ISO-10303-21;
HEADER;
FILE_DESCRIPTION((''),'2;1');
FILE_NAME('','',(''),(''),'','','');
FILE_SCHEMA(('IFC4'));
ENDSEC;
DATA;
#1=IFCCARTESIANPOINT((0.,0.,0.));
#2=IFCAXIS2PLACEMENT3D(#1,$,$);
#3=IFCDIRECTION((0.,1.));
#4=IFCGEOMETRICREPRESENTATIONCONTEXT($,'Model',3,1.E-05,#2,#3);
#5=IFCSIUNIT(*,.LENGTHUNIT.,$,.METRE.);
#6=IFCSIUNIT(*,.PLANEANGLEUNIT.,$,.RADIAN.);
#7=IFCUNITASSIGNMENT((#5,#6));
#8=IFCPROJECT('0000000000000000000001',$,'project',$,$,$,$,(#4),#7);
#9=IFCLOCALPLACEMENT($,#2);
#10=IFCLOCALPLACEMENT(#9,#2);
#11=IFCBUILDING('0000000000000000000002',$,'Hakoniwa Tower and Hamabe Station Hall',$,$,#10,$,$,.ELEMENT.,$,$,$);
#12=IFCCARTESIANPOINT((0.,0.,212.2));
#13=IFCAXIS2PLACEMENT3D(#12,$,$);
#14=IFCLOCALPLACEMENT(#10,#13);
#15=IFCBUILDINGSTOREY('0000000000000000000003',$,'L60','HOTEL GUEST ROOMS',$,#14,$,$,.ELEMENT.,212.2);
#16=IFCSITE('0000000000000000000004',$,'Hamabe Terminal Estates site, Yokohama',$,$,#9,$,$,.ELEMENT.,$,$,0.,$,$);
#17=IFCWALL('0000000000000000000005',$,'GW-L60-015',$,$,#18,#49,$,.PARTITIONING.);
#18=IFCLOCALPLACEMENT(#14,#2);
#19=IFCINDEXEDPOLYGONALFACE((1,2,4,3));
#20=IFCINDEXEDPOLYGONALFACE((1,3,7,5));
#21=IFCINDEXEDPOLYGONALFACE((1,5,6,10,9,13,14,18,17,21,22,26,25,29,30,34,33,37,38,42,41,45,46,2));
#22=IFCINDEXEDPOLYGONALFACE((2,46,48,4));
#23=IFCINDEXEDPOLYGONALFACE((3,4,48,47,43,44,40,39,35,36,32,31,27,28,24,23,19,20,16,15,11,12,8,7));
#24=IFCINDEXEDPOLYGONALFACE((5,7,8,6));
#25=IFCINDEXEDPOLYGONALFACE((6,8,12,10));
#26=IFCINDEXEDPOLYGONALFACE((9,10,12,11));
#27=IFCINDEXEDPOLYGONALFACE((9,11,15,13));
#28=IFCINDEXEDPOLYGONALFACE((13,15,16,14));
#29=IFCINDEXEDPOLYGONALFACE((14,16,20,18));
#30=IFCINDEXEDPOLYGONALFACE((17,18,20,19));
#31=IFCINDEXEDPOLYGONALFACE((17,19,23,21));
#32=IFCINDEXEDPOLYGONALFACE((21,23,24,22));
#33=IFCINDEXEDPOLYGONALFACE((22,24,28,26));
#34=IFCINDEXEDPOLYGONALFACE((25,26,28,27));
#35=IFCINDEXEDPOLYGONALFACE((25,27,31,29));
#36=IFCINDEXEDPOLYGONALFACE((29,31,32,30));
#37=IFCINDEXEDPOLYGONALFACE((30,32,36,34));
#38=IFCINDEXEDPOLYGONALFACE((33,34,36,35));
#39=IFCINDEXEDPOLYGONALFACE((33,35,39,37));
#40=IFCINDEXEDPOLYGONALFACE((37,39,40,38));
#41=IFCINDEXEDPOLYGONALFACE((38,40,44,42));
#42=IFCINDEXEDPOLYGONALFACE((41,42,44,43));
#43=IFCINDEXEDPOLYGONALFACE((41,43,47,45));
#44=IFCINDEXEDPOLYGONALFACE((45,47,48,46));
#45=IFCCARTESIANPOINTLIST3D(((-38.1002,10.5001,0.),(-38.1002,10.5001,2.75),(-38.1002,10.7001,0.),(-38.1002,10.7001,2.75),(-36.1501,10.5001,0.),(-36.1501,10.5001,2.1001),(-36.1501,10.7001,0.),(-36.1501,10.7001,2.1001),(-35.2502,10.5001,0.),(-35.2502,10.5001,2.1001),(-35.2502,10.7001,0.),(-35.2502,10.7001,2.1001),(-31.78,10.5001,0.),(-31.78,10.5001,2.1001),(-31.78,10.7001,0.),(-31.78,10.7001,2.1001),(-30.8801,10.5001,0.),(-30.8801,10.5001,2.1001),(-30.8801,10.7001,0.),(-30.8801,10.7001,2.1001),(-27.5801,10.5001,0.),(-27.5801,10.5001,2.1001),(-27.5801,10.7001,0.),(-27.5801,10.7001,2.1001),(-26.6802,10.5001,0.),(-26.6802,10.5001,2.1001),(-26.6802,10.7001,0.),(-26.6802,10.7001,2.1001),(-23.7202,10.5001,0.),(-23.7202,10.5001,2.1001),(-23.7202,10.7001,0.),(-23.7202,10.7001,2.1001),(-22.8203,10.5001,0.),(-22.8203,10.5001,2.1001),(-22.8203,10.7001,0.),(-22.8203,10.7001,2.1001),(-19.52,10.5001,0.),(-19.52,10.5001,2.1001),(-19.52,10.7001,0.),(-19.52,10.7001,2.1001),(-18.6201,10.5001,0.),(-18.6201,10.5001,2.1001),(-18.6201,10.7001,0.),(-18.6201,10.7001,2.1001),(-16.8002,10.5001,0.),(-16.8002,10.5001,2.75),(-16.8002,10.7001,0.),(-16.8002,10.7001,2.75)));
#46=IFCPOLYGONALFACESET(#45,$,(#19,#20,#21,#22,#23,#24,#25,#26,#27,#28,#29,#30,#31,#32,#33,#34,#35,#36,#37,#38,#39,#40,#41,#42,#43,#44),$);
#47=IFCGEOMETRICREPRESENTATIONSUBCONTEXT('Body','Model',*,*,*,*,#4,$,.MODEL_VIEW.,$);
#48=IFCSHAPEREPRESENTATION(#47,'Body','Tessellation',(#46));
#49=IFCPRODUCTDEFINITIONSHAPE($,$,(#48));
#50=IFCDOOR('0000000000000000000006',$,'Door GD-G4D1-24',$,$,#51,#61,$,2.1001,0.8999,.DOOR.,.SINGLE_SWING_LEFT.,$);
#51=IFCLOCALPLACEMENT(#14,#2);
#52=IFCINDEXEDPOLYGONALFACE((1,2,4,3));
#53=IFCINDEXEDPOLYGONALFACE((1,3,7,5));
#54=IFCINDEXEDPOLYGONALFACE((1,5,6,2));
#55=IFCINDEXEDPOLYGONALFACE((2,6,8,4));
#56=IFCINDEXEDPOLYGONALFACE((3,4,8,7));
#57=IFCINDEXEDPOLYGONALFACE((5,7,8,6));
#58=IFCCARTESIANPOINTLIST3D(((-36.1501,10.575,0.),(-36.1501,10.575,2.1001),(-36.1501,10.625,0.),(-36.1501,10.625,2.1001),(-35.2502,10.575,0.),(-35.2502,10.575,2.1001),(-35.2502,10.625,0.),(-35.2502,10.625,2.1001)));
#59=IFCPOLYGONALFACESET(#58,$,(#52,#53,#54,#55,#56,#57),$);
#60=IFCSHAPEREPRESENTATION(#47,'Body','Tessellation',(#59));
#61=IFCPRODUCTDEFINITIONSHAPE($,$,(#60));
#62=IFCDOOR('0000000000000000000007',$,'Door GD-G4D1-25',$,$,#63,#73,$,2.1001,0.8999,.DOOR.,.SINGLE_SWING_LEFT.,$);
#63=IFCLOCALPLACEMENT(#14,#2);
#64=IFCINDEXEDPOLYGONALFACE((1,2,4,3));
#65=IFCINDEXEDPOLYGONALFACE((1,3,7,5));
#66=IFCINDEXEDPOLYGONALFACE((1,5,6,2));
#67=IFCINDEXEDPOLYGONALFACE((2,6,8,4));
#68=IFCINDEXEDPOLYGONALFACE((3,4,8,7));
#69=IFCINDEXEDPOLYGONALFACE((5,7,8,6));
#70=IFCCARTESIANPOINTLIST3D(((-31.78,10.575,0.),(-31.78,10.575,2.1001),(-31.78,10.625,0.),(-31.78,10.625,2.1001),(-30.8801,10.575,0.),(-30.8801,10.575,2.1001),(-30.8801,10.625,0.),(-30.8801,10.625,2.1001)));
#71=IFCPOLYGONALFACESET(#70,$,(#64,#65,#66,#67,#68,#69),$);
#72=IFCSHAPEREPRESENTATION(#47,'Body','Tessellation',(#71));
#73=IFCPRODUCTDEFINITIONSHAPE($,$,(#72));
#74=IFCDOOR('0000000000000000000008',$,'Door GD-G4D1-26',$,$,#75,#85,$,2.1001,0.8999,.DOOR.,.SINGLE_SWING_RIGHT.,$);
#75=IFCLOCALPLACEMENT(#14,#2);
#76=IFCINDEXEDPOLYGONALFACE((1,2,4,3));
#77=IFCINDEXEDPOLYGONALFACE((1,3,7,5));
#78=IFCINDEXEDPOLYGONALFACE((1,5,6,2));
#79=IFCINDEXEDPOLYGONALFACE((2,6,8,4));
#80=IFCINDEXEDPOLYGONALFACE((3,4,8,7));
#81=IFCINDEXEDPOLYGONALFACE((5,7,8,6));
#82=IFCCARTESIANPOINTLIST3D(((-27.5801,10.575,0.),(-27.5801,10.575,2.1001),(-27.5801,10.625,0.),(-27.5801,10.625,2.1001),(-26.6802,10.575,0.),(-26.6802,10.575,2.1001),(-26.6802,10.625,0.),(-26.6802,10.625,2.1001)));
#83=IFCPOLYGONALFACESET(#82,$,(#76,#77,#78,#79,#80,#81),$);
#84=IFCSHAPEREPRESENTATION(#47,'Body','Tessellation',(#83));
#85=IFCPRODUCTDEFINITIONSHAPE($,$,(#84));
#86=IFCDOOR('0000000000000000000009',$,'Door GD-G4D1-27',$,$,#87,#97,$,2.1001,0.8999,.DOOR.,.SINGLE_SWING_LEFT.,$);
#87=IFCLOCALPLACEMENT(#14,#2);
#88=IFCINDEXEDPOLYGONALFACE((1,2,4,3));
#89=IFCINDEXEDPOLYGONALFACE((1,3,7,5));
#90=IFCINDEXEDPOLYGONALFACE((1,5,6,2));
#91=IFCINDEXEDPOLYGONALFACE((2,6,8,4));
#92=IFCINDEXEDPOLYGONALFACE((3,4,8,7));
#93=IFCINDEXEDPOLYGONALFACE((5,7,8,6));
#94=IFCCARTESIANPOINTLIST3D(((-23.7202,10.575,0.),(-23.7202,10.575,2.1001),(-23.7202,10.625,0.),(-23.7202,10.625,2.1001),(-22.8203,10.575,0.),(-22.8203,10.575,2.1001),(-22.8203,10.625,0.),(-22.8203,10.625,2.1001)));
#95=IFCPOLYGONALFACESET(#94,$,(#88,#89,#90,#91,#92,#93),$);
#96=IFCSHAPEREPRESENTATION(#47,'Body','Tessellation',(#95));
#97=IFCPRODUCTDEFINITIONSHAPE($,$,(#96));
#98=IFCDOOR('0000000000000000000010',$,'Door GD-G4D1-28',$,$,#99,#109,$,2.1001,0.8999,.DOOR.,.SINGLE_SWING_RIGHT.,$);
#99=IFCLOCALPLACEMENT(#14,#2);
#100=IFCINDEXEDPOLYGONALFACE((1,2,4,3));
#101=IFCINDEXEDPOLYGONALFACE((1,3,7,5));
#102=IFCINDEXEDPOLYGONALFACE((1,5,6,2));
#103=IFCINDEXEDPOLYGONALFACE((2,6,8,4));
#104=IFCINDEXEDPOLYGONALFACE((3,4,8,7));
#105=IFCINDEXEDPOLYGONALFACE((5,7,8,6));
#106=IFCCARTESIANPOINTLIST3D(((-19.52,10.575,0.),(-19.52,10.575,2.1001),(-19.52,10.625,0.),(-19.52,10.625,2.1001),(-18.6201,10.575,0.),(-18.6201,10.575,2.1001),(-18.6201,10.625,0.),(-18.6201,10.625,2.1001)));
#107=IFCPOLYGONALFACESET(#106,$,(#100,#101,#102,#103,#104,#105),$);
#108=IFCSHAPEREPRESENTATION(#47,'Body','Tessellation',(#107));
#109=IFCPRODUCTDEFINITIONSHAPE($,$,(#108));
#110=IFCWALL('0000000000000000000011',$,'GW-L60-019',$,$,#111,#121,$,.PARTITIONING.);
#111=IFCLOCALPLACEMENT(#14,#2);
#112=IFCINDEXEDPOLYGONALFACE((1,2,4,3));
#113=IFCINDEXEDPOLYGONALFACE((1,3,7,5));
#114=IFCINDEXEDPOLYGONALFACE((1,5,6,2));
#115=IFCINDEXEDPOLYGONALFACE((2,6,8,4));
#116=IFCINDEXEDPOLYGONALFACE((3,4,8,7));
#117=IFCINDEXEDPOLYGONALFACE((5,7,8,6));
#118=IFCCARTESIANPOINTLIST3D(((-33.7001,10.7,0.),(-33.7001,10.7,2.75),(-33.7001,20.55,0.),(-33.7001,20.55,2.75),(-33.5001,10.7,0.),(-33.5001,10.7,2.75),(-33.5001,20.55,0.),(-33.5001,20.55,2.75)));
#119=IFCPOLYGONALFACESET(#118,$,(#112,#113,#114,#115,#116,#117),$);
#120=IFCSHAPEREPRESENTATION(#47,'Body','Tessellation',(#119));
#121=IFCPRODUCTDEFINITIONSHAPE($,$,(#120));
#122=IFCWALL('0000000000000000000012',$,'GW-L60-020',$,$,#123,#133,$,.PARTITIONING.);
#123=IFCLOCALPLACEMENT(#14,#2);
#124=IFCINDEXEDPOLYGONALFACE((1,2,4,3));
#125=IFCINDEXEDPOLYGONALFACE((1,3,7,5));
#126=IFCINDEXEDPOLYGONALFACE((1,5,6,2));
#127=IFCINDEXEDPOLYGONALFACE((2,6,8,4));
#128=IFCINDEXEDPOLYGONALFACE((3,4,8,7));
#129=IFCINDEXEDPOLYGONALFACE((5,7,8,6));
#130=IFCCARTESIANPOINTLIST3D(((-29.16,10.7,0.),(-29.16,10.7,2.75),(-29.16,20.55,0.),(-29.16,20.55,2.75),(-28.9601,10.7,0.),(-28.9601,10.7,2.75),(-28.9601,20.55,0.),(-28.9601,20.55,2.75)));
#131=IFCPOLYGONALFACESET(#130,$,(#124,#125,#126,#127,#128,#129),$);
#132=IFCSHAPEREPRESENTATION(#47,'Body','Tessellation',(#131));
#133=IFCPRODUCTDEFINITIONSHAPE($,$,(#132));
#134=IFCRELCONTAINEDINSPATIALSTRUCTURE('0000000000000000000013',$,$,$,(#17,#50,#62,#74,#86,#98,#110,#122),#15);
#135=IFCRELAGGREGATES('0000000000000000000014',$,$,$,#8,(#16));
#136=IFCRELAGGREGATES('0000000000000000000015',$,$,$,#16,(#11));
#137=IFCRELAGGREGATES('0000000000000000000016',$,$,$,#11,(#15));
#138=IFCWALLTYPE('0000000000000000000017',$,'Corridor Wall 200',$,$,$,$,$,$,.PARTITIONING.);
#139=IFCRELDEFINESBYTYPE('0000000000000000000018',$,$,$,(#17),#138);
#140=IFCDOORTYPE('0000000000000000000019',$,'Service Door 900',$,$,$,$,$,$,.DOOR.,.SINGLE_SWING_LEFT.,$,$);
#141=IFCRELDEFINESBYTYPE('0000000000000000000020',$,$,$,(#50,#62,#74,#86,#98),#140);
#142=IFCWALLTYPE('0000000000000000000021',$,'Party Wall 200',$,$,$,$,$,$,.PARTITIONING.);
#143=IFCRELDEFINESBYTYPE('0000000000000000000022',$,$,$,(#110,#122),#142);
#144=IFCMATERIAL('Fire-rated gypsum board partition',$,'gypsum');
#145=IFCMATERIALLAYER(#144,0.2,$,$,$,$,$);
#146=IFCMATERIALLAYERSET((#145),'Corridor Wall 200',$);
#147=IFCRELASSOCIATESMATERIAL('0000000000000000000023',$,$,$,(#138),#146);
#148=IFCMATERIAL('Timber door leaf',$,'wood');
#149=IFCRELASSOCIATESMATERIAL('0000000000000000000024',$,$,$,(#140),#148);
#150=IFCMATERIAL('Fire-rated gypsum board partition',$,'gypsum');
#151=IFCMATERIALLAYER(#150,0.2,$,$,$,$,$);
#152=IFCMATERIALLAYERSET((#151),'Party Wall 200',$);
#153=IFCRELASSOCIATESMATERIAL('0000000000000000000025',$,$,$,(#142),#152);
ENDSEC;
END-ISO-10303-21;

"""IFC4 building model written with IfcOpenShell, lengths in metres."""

from ifc_helpers import new_model, si_unit, direction, frame, frame_2d, origin, place, context, subcontext, project, spatial, rectangle, extrude, material, layer, layer_set, type_object, element, fill, save


model = new_model("IFC4")

# Units and contexts
model_context = context("Model", 3, precision=1e-05, world=origin(), true_north=direction((0.0, 1.0)))
body_context = subcontext(model_context, "Body", "Model", "MODEL_VIEW")
ifc_project = project(units=[si_unit("LENGTHUNIT", "METRE"), si_unit("PLANEANGLEUNIT", "RADIAN")], contexts=[model_context])

# Site, building, storey
site_placement = place(None, origin())
site = spatial("IfcSite", under=ifc_project, at=site_placement, Name="Hamabe Terminal Estates site, Yokohama", CompositionType="ELEMENT", RefElevation=0.0)
building_placement = place(site_placement, origin())
building = spatial("IfcBuilding", under=site, at=building_placement, Name="Hakoniwa Tower and Hamabe Station Hall", CompositionType="ELEMENT")
storey_placement = place(building_placement, frame((0.0, 0.0, 212.2)))
storey = spatial("IfcBuildingStorey", under=building, at=storey_placement, Name="L60", Description="HOTEL GUEST ROOMS", CompositionType="ELEMENT", Elevation=212.2)

# Wall, openings, doors
ifc_material_1 = material(Name="Fire-rated gypsum board partition", Category="gypsum")
ifc_layer_1 = layer(ifc_material_1, 0.2)
ifc_layer_set_1 = layer_set([ifc_layer_1], Name="Corridor Wall 200")
wall_type_1 = type_object("IfcWallType", Name="Corridor Wall 200", PredefinedType="PARTITIONING", material=ifc_layer_set_1)
wall_1_placement = place(storey_placement, frame((-38.1001, 10.6001, 0.0), z_axis=(0.0, 0.0, 1.0), x_axis=(1.0, 0.0, 0.0)))
wall_1 = element("IfcWall", 1, at=wall_1_placement, inside=storey, type_object=wall_type_1, Name="GW-L60-015", PredefinedType="PARTITIONING", context=body_context, shape_type="SweptSolid", body=[
    extrude(rectangle(XDim=21.3, YDim=0.2, at=frame_2d((10.6499, 0.0))), origin(), (0.0, 0.0, 1.0), 2.75),
])
opening_1_placement = place(wall_1_placement, frame((1.95, 0.0, 0.0)))
opening_1 = element("IfcOpeningElement", 2, at=opening_1_placement, cuts=wall_1, PredefinedType="OPENING", context=body_context, shape_type="SweptSolid", body=[
    extrude(rectangle(XDim=0.8999, YDim=2.1001, at=frame_2d((0.45, 1.05))), frame((0.0, 0.1099, 0.0), z_axis=(0.0, -1.0, 0.0), x_axis=(1.0, 0.0, 0.0)), (0.0, 0.0, 1.0), 0.22),
])
opening_2_placement = place(wall_1_placement, frame((6.3201, 0.0, 0.0)))
opening_2 = element("IfcOpeningElement", 3, at=opening_2_placement, cuts=wall_1, PredefinedType="OPENING", context=body_context, shape_type="SweptSolid", body=[
    extrude(rectangle(XDim=0.8999, YDim=2.1001, at=frame_2d((0.45, 1.05))), frame((0.0, 0.1099, 0.0), z_axis=(0.0, -1.0, 0.0), x_axis=(1.0, 0.0, 0.0)), (0.0, 0.0, 1.0), 0.22),
])
opening_3_placement = place(wall_1_placement, frame((10.52, 0.0, 0.0)))
opening_3 = element("IfcOpeningElement", 4, at=opening_3_placement, cuts=wall_1, PredefinedType="OPENING", context=body_context, shape_type="SweptSolid", body=[
    extrude(rectangle(XDim=0.8999, YDim=2.1001, at=frame_2d((0.45, 1.05))), frame((0.0, 0.1099, 0.0), z_axis=(0.0, -1.0, 0.0), x_axis=(1.0, 0.0, 0.0)), (0.0, 0.0, 1.0), 0.22),
])
opening_4_placement = place(wall_1_placement, frame((14.3799, 0.0, 0.0)))
opening_4 = element("IfcOpeningElement", 5, at=opening_4_placement, cuts=wall_1, PredefinedType="OPENING", context=body_context, shape_type="SweptSolid", body=[
    extrude(rectangle(XDim=0.8999, YDim=2.1001, at=frame_2d((0.45, 1.05))), frame((0.0, 0.1099, 0.0), z_axis=(0.0, -1.0, 0.0), x_axis=(1.0, 0.0, 0.0)), (0.0, 0.0, 1.0), 0.22),
])
opening_5_placement = place(wall_1_placement, frame((18.5801, 0.0, 0.0)))
opening_5 = element("IfcOpeningElement", 6, at=opening_5_placement, cuts=wall_1, PredefinedType="OPENING", context=body_context, shape_type="SweptSolid", body=[
    extrude(rectangle(XDim=0.8999, YDim=2.1001, at=frame_2d((0.45, 1.05))), frame((0.0, 0.1099, 0.0), z_axis=(0.0, -1.0, 0.0), x_axis=(1.0, 0.0, 0.0)), (0.0, 0.0, 1.0), 0.22),
])
ifc_material_2 = material(Name="Timber door leaf", Category="wood")
door_type_1 = type_object("IfcDoorType", Name="Service Door 900", OperationType="SINGLE_SWING_LEFT", PredefinedType="DOOR", material=ifc_material_2)
door_1_placement = place(opening_1_placement, origin())
door_1 = element("IfcDoor", 7, at=door_1_placement, inside=storey, type_object=door_type_1, Name="Door GD-G4D1-24", OperationType="SINGLE_SWING_LEFT", OverallHeight=2.1001, OverallWidth=0.8999, PredefinedType="DOOR", context=body_context, shape_type="SweptSolid", body=[
    extrude(rectangle(XDim=0.8999, YDim=2.1001, at=frame_2d((0.45, 1.05))), frame((0.0, 0.0249, 0.0), z_axis=(0.0, -1.0, 0.0), x_axis=(1.0, 0.0, 0.0)), (0.0, 0.0, 1.0), 0.05),
])
fill(opening_1, door_1)
door_2_placement = place(opening_2_placement, origin())
door_2 = element("IfcDoor", 8, at=door_2_placement, inside=storey, type_object=door_type_1, Name="Door GD-G4D1-25", OperationType="SINGLE_SWING_LEFT", OverallHeight=2.1001, OverallWidth=0.8999, PredefinedType="DOOR", context=body_context, shape_type="SweptSolid", body=[
    extrude(rectangle(XDim=0.8999, YDim=2.1001, at=frame_2d((0.45, 1.05))), frame((0.0, 0.0249, 0.0), z_axis=(0.0, -1.0, 0.0), x_axis=(1.0, 0.0, 0.0)), (0.0, 0.0, 1.0), 0.05),
])
fill(opening_2, door_2)
door_3_placement = place(opening_3_placement, origin())
door_3 = element("IfcDoor", 9, at=door_3_placement, inside=storey, type_object=door_type_1, Name="Door GD-G4D1-26", OperationType="SINGLE_SWING_RIGHT", OverallHeight=2.1001, OverallWidth=0.8999, PredefinedType="DOOR", context=body_context, shape_type="SweptSolid", body=[
    extrude(rectangle(XDim=0.8999, YDim=2.1001, at=frame_2d((0.45, 1.05))), frame((0.0, 0.0249, 0.0), z_axis=(0.0, -1.0, 0.0), x_axis=(1.0, 0.0, 0.0)), (0.0, 0.0, 1.0), 0.05),
])
fill(opening_3, door_3)
door_4_placement = place(opening_4_placement, origin())
door_4 = element("IfcDoor", 10, at=door_4_placement, inside=storey, type_object=door_type_1, Name="Door GD-G4D1-27", OperationType="SINGLE_SWING_LEFT", OverallHeight=2.1001, OverallWidth=0.8999, PredefinedType="DOOR", context=body_context, shape_type="SweptSolid", body=[
    extrude(rectangle(XDim=0.8999, YDim=2.1001, at=frame_2d((0.45, 1.05))), frame((0.0, 0.0249, 0.0), z_axis=(0.0, -1.0, 0.0), x_axis=(1.0, 0.0, 0.0)), (0.0, 0.0, 1.0), 0.05),
])
fill(opening_4, door_4)
door_5_placement = place(opening_5_placement, origin())
door_5 = element("IfcDoor", 11, at=door_5_placement, inside=storey, type_object=door_type_1, Name="Door GD-G4D1-28", OperationType="SINGLE_SWING_RIGHT", OverallHeight=2.1001, OverallWidth=0.8999, PredefinedType="DOOR", context=body_context, shape_type="SweptSolid", body=[
    extrude(rectangle(XDim=0.8999, YDim=2.1001, at=frame_2d((0.45, 1.05))), frame((0.0, 0.0249, 0.0), z_axis=(0.0, -1.0, 0.0), x_axis=(1.0, 0.0, 0.0)), (0.0, 0.0, 1.0), 0.05),
])
fill(opening_5, door_5)

# Walls
ifc_material_3 = material(Name="Fire-rated gypsum board partition", Category="gypsum")
ifc_layer_2 = layer(ifc_material_3, 0.2)
ifc_layer_set_2 = layer_set([ifc_layer_2], Name="Party Wall 200")
wall_type_2 = type_object("IfcWallType", Name="Party Wall 200", PredefinedType="PARTITIONING", material=ifc_layer_set_2)
for number, where, z_axis, x_axis, name in (
    (12, (-33.6001, 10.7, 0.0), (0.0, 0.0, 1.0), (0.0, 1.0, 0.0), "GW-L60-019"),
    (13, (-29.0601, 10.7, 0.0), (0.0, 0.0, 1.0), (0.0, 1.0, 0.0), "GW-L60-020"),
):
    element("IfcWall", number, at=place(storey_placement, frame(where, z_axis=z_axis, x_axis=x_axis)), inside=storey, type_object=wall_type_2, Name=name, PredefinedType="PARTITIONING", context=body_context, shape_type="SweptSolid", body=[
        extrude(rectangle(XDim=9.8501, YDim=0.2, at=frame_2d((4.925, 0.0))), origin(), (0.0, 0.0, 1.0), 2.75),
    ])

save(model, "model.ifc")
